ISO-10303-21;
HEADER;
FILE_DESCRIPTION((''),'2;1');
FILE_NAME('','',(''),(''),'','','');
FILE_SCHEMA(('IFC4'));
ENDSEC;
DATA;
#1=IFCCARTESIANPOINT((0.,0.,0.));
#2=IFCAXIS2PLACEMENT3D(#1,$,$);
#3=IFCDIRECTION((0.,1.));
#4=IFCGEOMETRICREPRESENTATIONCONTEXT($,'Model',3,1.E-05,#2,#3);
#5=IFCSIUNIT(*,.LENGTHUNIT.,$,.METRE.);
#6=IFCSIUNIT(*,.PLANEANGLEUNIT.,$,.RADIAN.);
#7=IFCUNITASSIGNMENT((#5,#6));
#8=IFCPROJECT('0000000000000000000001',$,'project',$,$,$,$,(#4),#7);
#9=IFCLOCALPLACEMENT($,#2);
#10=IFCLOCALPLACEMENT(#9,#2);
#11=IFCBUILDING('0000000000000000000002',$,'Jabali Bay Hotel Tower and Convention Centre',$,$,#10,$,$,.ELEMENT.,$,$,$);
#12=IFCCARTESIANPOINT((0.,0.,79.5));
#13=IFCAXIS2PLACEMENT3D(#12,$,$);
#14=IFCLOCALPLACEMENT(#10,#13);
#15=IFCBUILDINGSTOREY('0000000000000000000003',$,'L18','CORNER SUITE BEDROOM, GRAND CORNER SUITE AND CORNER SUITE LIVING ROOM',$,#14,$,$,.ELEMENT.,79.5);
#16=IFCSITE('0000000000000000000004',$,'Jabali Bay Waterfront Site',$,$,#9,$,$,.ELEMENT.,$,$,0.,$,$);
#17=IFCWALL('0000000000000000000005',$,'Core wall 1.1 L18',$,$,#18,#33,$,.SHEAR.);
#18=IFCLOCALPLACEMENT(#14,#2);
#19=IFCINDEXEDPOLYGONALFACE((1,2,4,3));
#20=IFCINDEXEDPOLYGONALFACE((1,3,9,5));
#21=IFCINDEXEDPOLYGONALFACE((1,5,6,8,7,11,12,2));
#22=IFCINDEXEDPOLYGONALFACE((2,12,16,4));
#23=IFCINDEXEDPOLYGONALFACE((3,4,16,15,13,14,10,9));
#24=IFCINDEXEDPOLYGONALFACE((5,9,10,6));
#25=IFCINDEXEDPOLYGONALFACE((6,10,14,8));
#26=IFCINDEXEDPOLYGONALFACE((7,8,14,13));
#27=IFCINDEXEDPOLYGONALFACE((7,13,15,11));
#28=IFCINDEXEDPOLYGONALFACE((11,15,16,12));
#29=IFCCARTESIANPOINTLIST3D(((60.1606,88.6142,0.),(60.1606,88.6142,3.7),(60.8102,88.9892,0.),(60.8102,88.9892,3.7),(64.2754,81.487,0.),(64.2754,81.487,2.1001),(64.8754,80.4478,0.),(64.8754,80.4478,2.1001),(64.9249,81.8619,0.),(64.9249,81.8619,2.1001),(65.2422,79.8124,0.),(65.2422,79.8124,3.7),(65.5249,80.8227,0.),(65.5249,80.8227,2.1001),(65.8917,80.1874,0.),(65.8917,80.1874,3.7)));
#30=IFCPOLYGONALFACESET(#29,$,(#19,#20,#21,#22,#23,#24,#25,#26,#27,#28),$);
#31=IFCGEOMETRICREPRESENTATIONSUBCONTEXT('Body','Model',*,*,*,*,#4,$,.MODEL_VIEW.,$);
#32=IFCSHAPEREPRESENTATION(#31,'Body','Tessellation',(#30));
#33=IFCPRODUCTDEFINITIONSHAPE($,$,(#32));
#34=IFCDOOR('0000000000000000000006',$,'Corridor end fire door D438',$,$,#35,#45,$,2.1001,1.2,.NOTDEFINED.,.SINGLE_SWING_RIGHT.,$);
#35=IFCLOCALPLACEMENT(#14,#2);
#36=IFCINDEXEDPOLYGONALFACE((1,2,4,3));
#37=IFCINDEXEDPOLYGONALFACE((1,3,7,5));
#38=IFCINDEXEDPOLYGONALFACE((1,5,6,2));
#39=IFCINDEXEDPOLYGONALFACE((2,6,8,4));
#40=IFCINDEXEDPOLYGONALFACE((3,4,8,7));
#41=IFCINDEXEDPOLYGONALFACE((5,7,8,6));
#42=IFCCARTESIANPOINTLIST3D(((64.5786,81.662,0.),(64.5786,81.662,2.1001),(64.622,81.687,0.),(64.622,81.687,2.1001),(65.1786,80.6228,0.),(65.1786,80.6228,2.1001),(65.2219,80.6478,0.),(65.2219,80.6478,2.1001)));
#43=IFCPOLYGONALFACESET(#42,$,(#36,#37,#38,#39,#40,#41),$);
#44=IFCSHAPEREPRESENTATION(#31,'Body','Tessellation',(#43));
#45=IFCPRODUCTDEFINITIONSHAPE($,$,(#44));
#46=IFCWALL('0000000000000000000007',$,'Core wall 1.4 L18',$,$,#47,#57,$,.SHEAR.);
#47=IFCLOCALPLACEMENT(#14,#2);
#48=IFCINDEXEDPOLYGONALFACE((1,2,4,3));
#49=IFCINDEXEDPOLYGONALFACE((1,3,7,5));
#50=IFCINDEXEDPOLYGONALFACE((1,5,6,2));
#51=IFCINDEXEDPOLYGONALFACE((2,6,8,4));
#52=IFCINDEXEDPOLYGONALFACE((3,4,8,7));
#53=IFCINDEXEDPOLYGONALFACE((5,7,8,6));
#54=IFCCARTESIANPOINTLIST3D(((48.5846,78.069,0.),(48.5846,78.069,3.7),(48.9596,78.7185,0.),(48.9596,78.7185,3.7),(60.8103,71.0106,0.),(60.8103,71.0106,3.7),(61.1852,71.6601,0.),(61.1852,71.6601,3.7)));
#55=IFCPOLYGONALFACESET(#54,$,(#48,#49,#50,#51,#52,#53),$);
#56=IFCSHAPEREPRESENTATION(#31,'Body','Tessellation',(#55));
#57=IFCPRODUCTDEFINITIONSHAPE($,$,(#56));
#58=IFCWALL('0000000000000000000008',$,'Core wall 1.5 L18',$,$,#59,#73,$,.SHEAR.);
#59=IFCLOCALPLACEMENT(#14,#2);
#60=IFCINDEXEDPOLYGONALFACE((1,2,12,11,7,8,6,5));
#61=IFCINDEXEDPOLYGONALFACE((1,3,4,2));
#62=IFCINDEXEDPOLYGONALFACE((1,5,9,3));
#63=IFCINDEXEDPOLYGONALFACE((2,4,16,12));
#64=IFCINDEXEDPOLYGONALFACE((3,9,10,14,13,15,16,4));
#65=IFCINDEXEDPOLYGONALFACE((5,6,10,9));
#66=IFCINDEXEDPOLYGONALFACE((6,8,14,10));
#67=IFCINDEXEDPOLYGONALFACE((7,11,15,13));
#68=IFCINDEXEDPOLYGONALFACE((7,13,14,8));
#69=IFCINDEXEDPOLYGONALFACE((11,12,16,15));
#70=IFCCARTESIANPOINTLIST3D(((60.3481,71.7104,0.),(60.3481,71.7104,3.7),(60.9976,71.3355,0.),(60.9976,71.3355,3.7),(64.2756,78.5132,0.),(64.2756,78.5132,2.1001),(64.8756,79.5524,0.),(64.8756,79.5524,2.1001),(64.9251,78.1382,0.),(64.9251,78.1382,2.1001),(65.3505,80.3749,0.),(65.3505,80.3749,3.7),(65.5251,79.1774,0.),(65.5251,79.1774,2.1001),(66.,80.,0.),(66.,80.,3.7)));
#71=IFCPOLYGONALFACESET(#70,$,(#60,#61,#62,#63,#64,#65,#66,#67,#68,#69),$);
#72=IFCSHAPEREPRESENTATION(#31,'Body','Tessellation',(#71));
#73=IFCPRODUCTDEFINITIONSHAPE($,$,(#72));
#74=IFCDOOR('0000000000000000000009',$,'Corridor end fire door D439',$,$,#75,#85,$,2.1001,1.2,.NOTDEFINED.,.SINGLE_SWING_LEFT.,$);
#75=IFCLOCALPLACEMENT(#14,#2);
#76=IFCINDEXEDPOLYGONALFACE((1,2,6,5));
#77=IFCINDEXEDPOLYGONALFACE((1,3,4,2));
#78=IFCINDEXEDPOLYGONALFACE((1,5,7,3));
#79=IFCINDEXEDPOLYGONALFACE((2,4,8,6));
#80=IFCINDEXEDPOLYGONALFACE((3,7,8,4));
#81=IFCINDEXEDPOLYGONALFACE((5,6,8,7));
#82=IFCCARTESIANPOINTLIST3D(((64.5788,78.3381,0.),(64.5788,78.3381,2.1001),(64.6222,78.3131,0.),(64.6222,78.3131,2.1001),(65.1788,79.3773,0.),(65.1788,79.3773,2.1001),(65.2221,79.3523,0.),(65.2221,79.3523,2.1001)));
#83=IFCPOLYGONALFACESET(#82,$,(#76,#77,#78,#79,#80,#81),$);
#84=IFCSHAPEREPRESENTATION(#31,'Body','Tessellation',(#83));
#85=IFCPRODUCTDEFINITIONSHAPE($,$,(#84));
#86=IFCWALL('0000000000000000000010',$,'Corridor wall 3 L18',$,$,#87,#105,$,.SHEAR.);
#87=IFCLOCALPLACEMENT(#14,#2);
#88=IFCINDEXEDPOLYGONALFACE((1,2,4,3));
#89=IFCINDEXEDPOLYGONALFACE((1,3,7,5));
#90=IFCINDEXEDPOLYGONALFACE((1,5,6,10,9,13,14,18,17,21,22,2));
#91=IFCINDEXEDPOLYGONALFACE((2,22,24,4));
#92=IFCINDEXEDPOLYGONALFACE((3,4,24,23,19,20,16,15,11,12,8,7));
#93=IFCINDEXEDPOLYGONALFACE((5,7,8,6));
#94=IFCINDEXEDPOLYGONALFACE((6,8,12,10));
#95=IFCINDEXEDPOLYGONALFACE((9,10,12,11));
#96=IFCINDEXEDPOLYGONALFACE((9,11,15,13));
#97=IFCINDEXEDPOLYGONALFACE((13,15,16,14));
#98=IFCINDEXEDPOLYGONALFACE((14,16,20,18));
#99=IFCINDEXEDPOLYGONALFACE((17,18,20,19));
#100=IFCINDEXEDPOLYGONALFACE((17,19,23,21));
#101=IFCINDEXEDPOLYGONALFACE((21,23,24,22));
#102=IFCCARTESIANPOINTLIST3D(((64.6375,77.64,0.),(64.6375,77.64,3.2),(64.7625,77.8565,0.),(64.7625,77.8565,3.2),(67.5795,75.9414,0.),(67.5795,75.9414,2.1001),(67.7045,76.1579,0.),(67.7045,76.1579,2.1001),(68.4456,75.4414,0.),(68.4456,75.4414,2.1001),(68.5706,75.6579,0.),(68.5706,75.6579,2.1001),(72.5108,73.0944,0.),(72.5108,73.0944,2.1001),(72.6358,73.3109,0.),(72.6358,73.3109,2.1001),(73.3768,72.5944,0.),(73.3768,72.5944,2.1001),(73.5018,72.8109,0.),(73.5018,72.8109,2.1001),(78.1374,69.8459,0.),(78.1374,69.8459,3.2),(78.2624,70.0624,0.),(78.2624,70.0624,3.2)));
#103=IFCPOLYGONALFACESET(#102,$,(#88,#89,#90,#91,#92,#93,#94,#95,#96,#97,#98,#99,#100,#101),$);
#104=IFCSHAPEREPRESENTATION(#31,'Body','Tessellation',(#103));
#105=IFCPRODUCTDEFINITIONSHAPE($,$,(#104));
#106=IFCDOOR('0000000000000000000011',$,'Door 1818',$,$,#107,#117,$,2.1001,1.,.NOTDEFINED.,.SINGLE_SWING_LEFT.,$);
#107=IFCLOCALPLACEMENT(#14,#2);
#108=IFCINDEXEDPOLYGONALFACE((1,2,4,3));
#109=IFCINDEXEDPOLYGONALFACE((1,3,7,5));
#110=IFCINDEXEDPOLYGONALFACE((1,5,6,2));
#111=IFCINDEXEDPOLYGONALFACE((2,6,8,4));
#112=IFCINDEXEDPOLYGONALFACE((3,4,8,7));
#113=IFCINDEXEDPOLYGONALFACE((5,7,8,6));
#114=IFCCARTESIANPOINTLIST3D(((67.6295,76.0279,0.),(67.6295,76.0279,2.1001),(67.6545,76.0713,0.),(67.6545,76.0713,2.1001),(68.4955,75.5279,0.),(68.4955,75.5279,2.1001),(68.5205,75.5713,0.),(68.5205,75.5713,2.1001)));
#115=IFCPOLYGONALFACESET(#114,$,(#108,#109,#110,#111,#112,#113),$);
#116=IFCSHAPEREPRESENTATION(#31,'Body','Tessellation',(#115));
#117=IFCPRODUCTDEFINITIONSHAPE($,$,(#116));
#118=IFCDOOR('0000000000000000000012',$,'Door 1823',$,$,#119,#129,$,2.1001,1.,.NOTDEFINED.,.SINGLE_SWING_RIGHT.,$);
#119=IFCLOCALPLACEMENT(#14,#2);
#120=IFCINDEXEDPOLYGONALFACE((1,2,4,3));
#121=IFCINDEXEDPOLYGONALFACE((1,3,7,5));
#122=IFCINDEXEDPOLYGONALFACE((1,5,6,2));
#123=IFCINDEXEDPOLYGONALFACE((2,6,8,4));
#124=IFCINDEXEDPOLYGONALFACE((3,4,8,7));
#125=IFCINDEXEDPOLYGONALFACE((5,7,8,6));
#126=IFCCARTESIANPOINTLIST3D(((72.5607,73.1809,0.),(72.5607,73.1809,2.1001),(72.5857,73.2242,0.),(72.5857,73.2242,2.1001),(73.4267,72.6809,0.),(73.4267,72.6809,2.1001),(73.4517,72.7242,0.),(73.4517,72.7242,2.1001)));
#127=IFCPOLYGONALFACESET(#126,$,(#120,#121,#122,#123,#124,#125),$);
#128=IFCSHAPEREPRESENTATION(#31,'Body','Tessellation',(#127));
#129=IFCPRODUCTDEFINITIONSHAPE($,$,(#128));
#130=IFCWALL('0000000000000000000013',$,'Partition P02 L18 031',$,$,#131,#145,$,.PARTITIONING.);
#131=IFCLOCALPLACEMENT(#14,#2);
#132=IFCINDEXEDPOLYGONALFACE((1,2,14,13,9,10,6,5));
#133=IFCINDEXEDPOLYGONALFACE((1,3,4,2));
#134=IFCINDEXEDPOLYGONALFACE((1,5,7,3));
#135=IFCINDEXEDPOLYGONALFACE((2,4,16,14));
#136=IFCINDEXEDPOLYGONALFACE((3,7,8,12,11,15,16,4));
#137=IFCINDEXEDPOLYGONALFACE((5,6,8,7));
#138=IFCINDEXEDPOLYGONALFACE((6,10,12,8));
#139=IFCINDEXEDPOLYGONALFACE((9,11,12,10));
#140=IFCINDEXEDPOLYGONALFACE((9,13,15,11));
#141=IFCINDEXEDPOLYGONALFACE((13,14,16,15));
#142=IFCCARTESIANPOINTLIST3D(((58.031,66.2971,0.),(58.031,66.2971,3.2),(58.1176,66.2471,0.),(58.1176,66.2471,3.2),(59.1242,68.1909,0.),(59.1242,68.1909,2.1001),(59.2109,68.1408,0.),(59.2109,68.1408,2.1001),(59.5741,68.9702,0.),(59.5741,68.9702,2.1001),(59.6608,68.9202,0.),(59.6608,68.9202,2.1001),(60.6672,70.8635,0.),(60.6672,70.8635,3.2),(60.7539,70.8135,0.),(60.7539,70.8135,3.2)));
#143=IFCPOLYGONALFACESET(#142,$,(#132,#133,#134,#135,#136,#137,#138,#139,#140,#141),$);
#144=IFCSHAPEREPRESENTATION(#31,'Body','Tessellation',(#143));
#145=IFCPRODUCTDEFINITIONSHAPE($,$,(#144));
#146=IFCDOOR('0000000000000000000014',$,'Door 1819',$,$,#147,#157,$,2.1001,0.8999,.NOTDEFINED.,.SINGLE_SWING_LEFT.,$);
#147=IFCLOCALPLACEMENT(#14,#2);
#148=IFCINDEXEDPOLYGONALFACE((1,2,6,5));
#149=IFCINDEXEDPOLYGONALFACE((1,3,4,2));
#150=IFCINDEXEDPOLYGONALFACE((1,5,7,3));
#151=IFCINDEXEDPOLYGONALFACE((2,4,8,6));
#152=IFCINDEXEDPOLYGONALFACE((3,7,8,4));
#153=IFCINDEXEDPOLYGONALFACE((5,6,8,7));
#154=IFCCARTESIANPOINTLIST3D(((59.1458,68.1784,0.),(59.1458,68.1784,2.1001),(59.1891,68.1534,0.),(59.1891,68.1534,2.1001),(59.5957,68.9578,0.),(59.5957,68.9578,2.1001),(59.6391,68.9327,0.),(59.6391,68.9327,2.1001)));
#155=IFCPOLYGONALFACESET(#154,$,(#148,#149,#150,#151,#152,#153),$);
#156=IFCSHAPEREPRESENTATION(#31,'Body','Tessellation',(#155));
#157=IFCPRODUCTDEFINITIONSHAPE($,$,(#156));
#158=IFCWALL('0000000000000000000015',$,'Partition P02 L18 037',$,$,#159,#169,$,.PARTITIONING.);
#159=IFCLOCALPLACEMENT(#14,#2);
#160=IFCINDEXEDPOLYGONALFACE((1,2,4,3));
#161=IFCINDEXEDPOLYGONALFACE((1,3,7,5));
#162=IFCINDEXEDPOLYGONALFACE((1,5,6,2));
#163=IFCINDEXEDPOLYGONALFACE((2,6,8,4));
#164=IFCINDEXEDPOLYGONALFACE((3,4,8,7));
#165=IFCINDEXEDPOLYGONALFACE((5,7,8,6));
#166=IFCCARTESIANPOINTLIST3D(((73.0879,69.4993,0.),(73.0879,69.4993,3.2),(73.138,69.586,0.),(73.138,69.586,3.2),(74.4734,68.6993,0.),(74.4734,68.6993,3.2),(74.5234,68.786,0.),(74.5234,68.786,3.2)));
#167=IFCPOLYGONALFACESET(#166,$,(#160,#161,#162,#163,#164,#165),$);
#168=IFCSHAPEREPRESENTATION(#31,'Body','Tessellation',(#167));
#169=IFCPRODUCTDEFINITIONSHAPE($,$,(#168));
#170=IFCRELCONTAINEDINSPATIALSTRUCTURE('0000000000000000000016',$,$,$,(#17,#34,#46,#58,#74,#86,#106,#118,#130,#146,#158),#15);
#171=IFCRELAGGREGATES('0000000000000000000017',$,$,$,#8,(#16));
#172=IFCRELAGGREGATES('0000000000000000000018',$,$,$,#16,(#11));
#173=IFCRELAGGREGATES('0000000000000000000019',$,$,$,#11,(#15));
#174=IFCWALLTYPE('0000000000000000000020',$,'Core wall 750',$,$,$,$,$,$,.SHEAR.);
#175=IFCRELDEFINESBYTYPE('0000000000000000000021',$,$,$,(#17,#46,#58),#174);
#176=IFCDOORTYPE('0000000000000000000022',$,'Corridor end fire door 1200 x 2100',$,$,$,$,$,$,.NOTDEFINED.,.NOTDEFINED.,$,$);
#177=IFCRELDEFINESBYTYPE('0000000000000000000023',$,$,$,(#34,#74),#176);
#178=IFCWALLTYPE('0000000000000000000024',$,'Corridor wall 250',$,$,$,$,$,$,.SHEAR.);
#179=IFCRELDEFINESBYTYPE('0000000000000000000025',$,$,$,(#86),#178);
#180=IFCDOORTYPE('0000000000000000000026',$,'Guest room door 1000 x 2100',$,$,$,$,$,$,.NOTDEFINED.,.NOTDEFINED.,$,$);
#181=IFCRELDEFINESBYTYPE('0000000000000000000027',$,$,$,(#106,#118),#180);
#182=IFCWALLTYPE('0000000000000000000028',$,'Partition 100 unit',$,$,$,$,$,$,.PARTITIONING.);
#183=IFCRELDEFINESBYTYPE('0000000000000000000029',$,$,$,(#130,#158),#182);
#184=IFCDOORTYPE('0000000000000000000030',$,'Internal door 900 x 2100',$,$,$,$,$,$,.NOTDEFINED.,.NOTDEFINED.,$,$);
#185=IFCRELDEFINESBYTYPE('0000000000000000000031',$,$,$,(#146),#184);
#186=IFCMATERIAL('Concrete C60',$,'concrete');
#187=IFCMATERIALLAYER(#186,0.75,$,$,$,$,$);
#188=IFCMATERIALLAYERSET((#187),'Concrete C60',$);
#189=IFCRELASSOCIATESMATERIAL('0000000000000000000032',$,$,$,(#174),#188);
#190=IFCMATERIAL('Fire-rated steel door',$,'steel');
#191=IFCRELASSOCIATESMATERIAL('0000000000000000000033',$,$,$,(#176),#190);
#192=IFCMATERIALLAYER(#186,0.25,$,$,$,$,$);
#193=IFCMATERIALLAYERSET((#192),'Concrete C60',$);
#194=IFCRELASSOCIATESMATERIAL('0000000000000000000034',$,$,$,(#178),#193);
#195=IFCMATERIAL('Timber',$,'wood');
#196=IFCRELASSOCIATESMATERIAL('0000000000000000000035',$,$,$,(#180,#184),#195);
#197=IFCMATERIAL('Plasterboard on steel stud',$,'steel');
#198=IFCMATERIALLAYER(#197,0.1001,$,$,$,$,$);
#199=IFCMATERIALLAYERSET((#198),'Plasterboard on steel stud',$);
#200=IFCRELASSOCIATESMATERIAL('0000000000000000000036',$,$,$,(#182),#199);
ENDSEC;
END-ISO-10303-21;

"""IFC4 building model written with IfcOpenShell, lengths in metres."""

from ifc_helpers import new_model, si_unit, direction, frame, frame_2d, origin, place, context, subcontext, project, spatial, rectangle, extrude, material, layer, layer_set, type_object, element, fill, save


model = new_model("IFC4")

# Units and contexts
model_context = context("Model", 3, precision=1e-05, world=origin(), true_north=direction((0.0, 1.0)))
body_context = subcontext(model_context, "Body", "Model", "MODEL_VIEW")
ifc_project = project(units=[si_unit("LENGTHUNIT", "METRE"), si_unit("PLANEANGLEUNIT", "RADIAN")], contexts=[model_context])

# Site, building, storey
site_placement = place(None, origin())
site = spatial("IfcSite", under=ifc_project, at=site_placement, Name="Jabali Bay Waterfront Site", CompositionType="ELEMENT", RefElevation=0.0)
building_placement = place(site_placement, origin())
building = spatial("IfcBuilding", under=site, at=building_placement, Name="Jabali Bay Hotel Tower and Convention Centre", CompositionType="ELEMENT")
storey_placement = place(building_placement, frame((0.0, 0.0, 79.5)))
storey = spatial("IfcBuildingStorey", under=building, at=storey_placement, Name="L18", Description="CORNER SUITE BEDROOM, GRAND CORNER SUITE AND CORNER SUITE LIVING ROOM", CompositionType="ELEMENT", Elevation=79.5)

# Shared definitions
ifc_material_1 = material(Name="Fire-rated steel door", Category="steel")

# Wall, opening, door
ifc_material_2 = material(Name="Concrete C60", Category="concrete")
ifc_layer_1 = layer(ifc_material_2, 0.75)
ifc_layer_set_1 = layer_set([ifc_layer_1], Name="Concrete C60")
wall_type_1 = type_object("IfcWallType", Name="Core wall 750", PredefinedType="SHEAR", material=ifc_layer_set_1)
wall_1_placement = place(storey_placement, frame((65.5669, 80.0, 0.0), z_axis=(0.0, 0.0, 1.0), x_axis=(-0.499989, 0.866032, 0.0)))
wall_1 = element("IfcWall", 1, at=wall_1_placement, inside=storey, type_object=wall_type_1, Name="Core wall 1.1 L18", PredefinedType="SHEAR", context=body_context, shape_type="SweptSolid", body=[
    extrude(rectangle(XDim=10.1633, YDim=0.75, at=frame_2d((5.0815, 0.0))), origin(), (0.0, 0.0, 1.0), 3.7),
])
opening_1_placement = place(wall_1_placement, frame((0.7334, 0.0, 0.0)))
opening_1 = element("IfcOpeningElement", 2, at=opening_1_placement, cuts=wall_1, PredefinedType="OPENING", context=body_context, shape_type="SweptSolid", body=[
    extrude(rectangle(XDim=1.2, YDim=2.1001, at=frame_2d((0.6001, 1.05))), frame((0.0, 0.3855, 0.0), z_axis=(0.0, -1.0, 0.0), x_axis=(1.0, 0.0, 0.0)), (0.0, 0.0, 1.0), 0.771),
])
door_type_1 = type_object("IfcDoorType", Name="Corridor end fire door 1200 x 2100", OperationType="NOTDEFINED", PredefinedType="NOTDEFINED", material=ifc_material_1)
door_1_placement = place(opening_1_placement, origin())
door_1 = element("IfcDoor", 3, at=door_1_placement, inside=storey, type_object=door_type_1, Name="Corridor end fire door D438", OperationType="SINGLE_SWING_RIGHT", OverallHeight=2.1001, OverallWidth=1.2, PredefinedType="NOTDEFINED", context=body_context, shape_type="SweptSolid", body=[
    extrude(rectangle(XDim=1.2, YDim=2.1001, at=frame_2d((0.6001, 1.05))), frame((0.0, 0.0249, 0.0), z_axis=(0.0, -1.0, 0.0), x_axis=(1.0, 0.0, 0.0)), (0.0, 0.0, 1.0), 0.05),
])
fill(opening_1, door_1)

# Wall
wall_2_placement = place(storey_placement, frame((48.772, 78.3938, 0.0), z_axis=(0.0, 0.0, 1.0), x_axis=(0.866028, -0.499995, 0.0)))
element("IfcWall", 4, at=wall_2_placement, inside=storey, type_object=wall_type_1, Name="Core wall 1.4 L18", PredefinedType="SHEAR", context=body_context, shape_type="SweptSolid", body=[
    extrude(rectangle(XDim=14.1169, YDim=0.75, at=frame_2d((7.0586, 0.0))), origin(), (0.0, 0.0, 1.0), 3.7),
])

# Wall, opening, door
wall_3_placement = place(storey_placement, frame((60.6729, 71.5229, 0.0), z_axis=(0.0, 0.0, 1.0), x_axis=(0.499997, 0.866027, 0.0)))
wall_3 = element("IfcWall", 5, at=wall_3_placement, inside=storey, type_object=wall_type_1, Name="Core wall 1.5 L18", PredefinedType="SHEAR", context=body_context, shape_type="SweptSolid", body=[
    extrude(rectangle(XDim=10.0049, YDim=0.75, at=frame_2d((5.0024, 0.0))), origin(), (0.0, 0.0, 1.0), 3.7),
])
opening_2_placement = place(wall_3_placement, frame((7.855, 0.0, 0.0)))
opening_2 = element("IfcOpeningElement", 6, at=opening_2_placement, cuts=wall_3, PredefinedType="OPENING", context=body_context, shape_type="SweptSolid", body=[
    extrude(rectangle(XDim=1.2, YDim=2.1001, at=frame_2d((0.6001, 1.05))), frame((0.0, 0.3855, 0.0), z_axis=(0.0, -1.0, 0.0), x_axis=(1.0, 0.0, 0.0)), (0.0, 0.0, 1.0), 0.771),
])
door_2_placement = place(opening_2_placement, origin())
door_2 = element("IfcDoor", 7, at=door_2_placement, inside=storey, type_object=door_type_1, Name="Corridor end fire door D439", OperationType="SINGLE_SWING_LEFT", OverallHeight=2.1001, OverallWidth=1.2, PredefinedType="NOTDEFINED", context=body_context, shape_type="SweptSolid", body=[
    extrude(rectangle(XDim=1.2, YDim=2.1001, at=frame_2d((0.6001, 1.05))), frame((0.0, 0.0249, 0.0), z_axis=(0.0, -1.0, 0.0), x_axis=(1.0, 0.0, 0.0)), (0.0, 0.0, 1.0), 0.05),
])
fill(opening_2, door_2)

# Wall, openings, doors
ifc_layer_2 = layer(ifc_material_2, 0.25)
ifc_layer_set_2 = layer_set([ifc_layer_2], Name="Concrete C60")
wall_type_2 = type_object("IfcWallType", Name="Corridor wall 250", PredefinedType="SHEAR", material=ifc_layer_set_2)
wall_4_placement = place(storey_placement, frame((64.7, 77.7483, 0.0), z_axis=(0.0, 0.0, 1.0), x_axis=(0.866026, -0.499998, 0.0)))
wall_4 = element("IfcWall", 8, at=wall_4_placement, inside=storey, type_object=wall_type_2, Name="Corridor wall 3 L18", PredefinedType="SHEAR", context=body_context, shape_type="SweptSolid", body=[
    extrude(rectangle(XDim=15.5884, YDim=0.25, at=frame_2d((7.7942, 0.0))), origin(), (0.0, 0.0, 1.0), 3.2),
])
opening_3_placement = place(wall_4_placement, frame((3.3972, 0.0, 0.0)))
opening_3 = element("IfcOpeningElement", 9, at=opening_3_placement, cuts=wall_4, PredefinedType="OPENING", context=body_context, shape_type="SweptSolid", body=[
    extrude(rectangle(XDim=1.0, YDim=2.1001, at=frame_2d((0.5, 1.05))), frame((0.0, 0.1355, 0.0), z_axis=(0.0, -1.0, 0.0), x_axis=(1.0, 0.0, 0.0)), (0.0, 0.0, 1.0), 0.271),
])
opening_4_placement = place(wall_4_placement, frame((9.0913, 0.0, 0.0)))
opening_4 = element("IfcOpeningElement", 10, at=opening_4_placement, cuts=wall_4, PredefinedType="OPENING", context=body_context, shape_type="SweptSolid", body=[
    extrude(rectangle(XDim=1.0, YDim=2.1001, at=frame_2d((0.5, 1.05))), frame((0.0, 0.1355, 0.0), z_axis=(0.0, -1.0, 0.0), x_axis=(1.0, 0.0, 0.0)), (0.0, 0.0, 1.0), 0.271),
])
ifc_material_3 = material(Name="Timber", Category="wood")
door_type_2 = type_object("IfcDoorType", Name="Guest room door 1000 x 2100", OperationType="NOTDEFINED", PredefinedType="NOTDEFINED", material=ifc_material_3)
door_3_placement = place(opening_3_placement, origin())
door_3 = element("IfcDoor", 11, at=door_3_placement, inside=storey, type_object=door_type_2, Name="Door 1818", OperationType="SINGLE_SWING_LEFT", OverallHeight=2.1001, OverallWidth=1.0, PredefinedType="NOTDEFINED", context=body_context, shape_type="SweptSolid", body=[
    extrude(rectangle(XDim=1.0, YDim=2.1001, at=frame_2d((0.5, 1.05))), frame((0.0, 0.0249, 0.0), z_axis=(0.0, -1.0, 0.0), x_axis=(1.0, 0.0, 0.0)), (0.0, 0.0, 1.0), 0.05),
])
fill(opening_3, door_3)
door_4_placement = place(opening_4_placement, origin())
door_4 = element("IfcDoor", 12, at=door_4_placement, inside=storey, type_object=door_type_2, Name="Door 1823", OperationType="SINGLE_SWING_RIGHT", OverallHeight=2.1001, OverallWidth=1.0, PredefinedType="NOTDEFINED", context=body_context, shape_type="SweptSolid", body=[
    extrude(rectangle(XDim=1.0, YDim=2.1001, at=frame_2d((0.5, 1.05))), frame((0.0, 0.0249, 0.0), z_axis=(0.0, -1.0, 0.0), x_axis=(1.0, 0.0, 0.0)), (0.0, 0.0, 1.0), 0.05),
])
fill(opening_4, door_4)

# Wall, opening, door
ifc_material_4 = material(Name="Plasterboard on steel stud", Category="steel")
ifc_layer_3 = layer(ifc_material_4, 0.1001)
ifc_layer_set_3 = layer_set([ifc_layer_3], Name="Plasterboard on steel stud")
wall_type_3 = type_object("IfcWallType", Name="Partition 100 unit", PredefinedType="PARTITIONING", material=ifc_layer_set_3)
wall_5_placement = place(storey_placement, frame((60.7104, 70.8384, 0.0), z_axis=(0.0, 0.0, 1.0), x_axis=(-0.499974, -0.866041, 0.0)))
wall_5 = element("IfcWall", 13, at=wall_5_placement, inside=storey, type_object=wall_type_3, Name="Partition P02 L18 031", PredefinedType="PARTITIONING", context=body_context, shape_type="SweptSolid", body=[
    extrude(rectangle(XDim=5.2727, YDim=0.1001, at=frame_2d((2.6362, 0.0))), origin(), (0.0, 0.0, 1.0), 3.2),
])
opening_5_placement = place(wall_5_placement, frame((2.186, 0.0, 0.0)))
opening_5 = element("IfcOpeningElement", 14, at=opening_5_placement, cuts=wall_5, PredefinedType="OPENING", context=body_context, shape_type="SweptSolid", body=[
    extrude(rectangle(XDim=0.8999, YDim=2.1001, at=frame_2d((0.45, 1.05))), frame((0.0, 0.0605, 0.0), z_axis=(0.0, -1.0, 0.0), x_axis=(1.0, 0.0, 0.0)), (0.0, 0.0, 1.0), 0.1211),
])
door_type_3 = type_object("IfcDoorType", Name="Internal door 900 x 2100", OperationType="NOTDEFINED", PredefinedType="NOTDEFINED", material=ifc_material_3)
door_5_placement = place(opening_5_placement, origin())
door_5 = element("IfcDoor", 15, at=door_5_placement, inside=storey, type_object=door_type_3, Name="Door 1819", OperationType="SINGLE_SWING_LEFT", OverallHeight=2.1001, OverallWidth=0.8999, PredefinedType="NOTDEFINED", context=body_context, shape_type="SweptSolid", body=[
    extrude(rectangle(XDim=0.8999, YDim=2.1001, at=frame_2d((0.45, 1.05))), frame((0.0, 0.0249, 0.0), z_axis=(0.0, -1.0, 0.0), x_axis=(1.0, 0.0, 0.0)), (0.0, 0.0, 1.0), 0.05),
])
fill(opening_5, door_5)

# Wall
wall_6_placement = place(storey_placement, frame((74.4983, 68.7427, 0.0), z_axis=(0.0, 0.0, 1.0), x_axis=(-0.86599, 0.500061, 0.0)))
element("IfcWall", 16, at=wall_6_placement, inside=storey, type_object=wall_type_3, Name="Partition P02 L18 037", PredefinedType="PARTITIONING", context=body_context, shape_type="SweptSolid", body=[
    extrude(rectangle(XDim=1.5999, YDim=0.1001, at=frame_2d((0.7998, 0.0))), origin(), (0.0, 0.0, 1.0), 3.2),
])

save(model, "model.ifc")
